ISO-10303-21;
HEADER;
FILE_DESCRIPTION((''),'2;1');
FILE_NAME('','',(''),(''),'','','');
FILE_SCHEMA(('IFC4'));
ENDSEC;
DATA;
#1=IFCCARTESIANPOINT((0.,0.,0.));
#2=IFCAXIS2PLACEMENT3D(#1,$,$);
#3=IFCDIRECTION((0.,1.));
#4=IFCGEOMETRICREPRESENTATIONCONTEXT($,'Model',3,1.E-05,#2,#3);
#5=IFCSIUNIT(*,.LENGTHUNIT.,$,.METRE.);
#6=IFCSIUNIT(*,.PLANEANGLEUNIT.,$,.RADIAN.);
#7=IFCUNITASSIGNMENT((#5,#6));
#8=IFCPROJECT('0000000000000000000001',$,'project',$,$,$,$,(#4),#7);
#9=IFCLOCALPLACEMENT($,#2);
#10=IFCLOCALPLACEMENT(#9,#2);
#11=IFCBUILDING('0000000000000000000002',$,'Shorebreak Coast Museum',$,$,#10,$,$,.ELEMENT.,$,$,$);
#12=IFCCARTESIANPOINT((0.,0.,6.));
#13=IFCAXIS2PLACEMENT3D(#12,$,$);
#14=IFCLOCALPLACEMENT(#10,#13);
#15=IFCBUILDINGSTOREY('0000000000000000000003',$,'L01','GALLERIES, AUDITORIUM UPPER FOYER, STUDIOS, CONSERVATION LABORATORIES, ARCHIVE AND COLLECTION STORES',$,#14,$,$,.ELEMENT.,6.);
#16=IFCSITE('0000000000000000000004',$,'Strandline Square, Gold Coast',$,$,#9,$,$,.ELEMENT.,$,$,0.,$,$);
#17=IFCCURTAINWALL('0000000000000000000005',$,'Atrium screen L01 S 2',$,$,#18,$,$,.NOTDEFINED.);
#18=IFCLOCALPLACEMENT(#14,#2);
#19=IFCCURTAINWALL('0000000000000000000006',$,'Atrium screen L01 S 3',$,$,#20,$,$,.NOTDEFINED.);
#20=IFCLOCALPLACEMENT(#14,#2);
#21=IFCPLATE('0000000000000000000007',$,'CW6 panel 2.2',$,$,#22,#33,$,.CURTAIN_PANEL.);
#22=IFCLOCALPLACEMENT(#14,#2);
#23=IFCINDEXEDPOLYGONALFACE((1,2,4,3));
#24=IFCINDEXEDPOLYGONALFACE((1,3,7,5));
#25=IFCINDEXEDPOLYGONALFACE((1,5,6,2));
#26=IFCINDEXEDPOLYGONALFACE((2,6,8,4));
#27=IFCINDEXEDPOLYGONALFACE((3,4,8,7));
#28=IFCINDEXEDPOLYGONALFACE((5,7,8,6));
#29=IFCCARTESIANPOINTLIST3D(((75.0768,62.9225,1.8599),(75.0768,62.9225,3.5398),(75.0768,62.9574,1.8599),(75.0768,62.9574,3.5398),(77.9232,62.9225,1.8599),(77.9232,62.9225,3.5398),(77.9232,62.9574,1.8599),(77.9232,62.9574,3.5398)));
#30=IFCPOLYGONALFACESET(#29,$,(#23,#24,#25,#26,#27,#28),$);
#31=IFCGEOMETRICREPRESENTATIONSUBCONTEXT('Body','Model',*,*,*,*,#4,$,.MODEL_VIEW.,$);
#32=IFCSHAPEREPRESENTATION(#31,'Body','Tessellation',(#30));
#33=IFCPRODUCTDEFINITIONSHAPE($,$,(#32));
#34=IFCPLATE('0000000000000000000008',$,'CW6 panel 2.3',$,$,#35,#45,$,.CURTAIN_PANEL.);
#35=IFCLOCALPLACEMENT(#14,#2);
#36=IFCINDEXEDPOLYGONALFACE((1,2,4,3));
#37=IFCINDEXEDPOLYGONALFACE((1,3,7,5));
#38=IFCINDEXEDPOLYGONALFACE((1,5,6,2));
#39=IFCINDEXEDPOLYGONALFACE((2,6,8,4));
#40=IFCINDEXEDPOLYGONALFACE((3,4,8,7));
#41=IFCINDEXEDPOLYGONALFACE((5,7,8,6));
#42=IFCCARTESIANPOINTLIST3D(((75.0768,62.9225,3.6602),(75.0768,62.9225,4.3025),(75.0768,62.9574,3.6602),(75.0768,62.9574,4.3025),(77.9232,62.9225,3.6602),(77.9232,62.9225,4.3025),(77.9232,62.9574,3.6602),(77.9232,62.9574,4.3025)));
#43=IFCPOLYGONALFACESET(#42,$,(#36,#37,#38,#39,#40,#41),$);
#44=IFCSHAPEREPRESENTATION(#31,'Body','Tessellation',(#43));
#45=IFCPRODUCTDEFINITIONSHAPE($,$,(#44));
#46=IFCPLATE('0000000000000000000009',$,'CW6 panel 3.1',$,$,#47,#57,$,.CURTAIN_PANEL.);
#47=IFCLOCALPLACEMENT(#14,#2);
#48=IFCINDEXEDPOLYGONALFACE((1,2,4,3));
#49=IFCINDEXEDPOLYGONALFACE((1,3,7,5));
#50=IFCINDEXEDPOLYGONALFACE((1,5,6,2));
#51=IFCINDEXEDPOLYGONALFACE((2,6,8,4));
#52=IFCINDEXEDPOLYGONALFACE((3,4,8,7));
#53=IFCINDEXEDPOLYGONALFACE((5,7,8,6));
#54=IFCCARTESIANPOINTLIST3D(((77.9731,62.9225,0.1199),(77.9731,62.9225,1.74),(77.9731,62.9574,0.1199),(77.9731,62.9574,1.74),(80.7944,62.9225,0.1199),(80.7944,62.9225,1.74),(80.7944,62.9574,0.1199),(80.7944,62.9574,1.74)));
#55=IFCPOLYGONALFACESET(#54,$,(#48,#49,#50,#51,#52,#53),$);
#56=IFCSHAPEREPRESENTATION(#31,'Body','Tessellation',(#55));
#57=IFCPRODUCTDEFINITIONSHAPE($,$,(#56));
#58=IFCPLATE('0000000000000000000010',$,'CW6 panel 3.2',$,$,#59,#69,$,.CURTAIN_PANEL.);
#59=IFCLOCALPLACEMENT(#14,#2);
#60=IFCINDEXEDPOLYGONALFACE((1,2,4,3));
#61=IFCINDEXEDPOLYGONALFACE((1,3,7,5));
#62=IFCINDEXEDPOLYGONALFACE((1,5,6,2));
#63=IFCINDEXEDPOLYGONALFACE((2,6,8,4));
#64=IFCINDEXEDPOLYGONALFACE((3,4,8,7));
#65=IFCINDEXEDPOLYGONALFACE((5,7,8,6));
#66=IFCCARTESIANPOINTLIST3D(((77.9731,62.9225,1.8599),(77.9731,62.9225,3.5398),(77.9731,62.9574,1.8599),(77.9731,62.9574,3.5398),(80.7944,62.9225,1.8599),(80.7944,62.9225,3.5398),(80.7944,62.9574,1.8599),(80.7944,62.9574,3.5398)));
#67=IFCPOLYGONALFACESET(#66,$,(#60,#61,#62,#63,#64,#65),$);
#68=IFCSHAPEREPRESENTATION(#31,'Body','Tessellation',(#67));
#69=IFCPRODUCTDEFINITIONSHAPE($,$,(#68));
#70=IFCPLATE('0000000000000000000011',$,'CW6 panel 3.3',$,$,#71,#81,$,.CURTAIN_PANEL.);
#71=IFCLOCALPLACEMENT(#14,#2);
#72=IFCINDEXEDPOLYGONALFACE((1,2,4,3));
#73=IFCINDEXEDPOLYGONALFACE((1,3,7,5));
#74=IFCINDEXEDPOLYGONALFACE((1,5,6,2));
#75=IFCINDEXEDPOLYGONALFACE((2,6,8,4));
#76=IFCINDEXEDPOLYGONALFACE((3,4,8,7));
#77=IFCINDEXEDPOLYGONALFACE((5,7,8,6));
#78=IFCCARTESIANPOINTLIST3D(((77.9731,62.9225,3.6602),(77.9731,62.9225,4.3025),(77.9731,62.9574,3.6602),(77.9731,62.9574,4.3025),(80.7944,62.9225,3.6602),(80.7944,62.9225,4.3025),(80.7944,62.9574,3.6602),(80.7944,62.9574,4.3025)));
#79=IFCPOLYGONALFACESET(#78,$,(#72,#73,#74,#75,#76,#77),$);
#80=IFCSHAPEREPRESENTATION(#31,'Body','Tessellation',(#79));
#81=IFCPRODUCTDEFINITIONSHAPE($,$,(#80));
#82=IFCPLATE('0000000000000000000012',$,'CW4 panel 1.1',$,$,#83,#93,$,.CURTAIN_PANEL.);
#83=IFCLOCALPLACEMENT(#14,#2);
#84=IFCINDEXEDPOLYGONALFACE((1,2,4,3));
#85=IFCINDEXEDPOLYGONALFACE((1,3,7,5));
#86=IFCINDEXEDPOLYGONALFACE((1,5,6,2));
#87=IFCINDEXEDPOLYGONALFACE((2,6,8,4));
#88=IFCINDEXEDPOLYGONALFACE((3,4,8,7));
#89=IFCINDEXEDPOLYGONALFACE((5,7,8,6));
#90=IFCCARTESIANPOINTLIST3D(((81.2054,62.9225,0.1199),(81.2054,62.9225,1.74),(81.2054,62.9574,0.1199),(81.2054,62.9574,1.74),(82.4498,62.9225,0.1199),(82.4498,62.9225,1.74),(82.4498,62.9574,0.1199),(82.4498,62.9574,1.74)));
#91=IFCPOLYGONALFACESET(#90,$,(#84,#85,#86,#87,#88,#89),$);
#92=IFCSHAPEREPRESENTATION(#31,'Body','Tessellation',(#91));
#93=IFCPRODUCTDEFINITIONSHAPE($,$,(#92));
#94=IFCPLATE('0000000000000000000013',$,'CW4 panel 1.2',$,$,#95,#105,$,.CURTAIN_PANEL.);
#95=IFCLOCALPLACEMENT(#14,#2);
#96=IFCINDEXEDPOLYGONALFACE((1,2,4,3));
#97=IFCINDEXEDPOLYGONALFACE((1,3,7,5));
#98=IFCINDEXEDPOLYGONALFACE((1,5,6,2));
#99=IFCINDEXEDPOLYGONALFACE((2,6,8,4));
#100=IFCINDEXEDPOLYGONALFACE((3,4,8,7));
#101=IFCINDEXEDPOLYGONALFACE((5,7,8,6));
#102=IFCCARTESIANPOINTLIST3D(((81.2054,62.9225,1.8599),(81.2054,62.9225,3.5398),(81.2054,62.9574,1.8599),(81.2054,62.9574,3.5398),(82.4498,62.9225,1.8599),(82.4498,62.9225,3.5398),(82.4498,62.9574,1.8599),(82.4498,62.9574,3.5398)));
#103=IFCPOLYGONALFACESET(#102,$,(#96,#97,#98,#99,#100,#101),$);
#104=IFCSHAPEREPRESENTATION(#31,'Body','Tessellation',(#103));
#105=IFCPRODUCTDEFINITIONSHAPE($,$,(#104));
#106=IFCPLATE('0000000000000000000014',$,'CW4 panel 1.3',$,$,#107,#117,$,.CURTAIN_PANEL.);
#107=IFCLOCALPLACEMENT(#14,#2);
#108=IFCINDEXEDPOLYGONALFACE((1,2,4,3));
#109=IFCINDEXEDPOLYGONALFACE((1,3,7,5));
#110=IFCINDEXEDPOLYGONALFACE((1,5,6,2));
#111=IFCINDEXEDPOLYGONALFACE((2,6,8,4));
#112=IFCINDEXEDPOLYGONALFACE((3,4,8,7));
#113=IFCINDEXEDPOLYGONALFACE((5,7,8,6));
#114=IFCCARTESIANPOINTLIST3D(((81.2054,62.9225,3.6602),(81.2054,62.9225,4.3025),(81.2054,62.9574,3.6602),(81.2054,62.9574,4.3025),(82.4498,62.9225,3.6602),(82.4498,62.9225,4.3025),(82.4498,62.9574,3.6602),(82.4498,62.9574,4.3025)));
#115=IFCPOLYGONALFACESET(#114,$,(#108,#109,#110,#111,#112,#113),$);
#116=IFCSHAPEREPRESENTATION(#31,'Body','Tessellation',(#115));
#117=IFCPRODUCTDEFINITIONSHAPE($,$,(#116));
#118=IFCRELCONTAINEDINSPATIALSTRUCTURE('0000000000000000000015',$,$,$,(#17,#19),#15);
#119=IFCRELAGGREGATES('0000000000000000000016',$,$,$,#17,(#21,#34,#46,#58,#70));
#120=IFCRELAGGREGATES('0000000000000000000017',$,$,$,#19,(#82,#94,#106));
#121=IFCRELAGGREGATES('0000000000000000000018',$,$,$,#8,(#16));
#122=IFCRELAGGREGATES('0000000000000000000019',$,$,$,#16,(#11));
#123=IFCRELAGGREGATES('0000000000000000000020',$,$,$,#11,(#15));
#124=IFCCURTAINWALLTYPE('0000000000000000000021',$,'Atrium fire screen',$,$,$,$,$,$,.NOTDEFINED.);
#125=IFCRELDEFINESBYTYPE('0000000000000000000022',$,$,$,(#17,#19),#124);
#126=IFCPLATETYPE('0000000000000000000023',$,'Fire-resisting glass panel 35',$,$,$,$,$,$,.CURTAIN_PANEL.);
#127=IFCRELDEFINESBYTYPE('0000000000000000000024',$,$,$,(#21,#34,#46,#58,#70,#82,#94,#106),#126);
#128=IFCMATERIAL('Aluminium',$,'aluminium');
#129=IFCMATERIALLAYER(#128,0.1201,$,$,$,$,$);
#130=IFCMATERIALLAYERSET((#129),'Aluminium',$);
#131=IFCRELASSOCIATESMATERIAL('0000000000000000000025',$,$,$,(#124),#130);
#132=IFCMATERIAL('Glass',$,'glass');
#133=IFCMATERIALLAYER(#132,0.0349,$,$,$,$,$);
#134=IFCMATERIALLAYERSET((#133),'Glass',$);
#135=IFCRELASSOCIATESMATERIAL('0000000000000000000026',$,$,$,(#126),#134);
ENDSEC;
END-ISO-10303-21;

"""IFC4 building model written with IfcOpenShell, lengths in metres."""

from ifc_helpers import new_model, si_unit, direction, frame, origin, origin_2d, place, context, subcontext, project, spatial, rectangle, extrude, material, layer, layer_set, type_object, element, aggregate, save


model = new_model("IFC4")

# Units and contexts
model_context = context("Model", 3, precision=1e-05, world=origin(), true_north=direction((0.0, 1.0)))
body_context = subcontext(model_context, "Body", "Model", "MODEL_VIEW")
ifc_project = project(units=[si_unit("LENGTHUNIT", "METRE"), si_unit("PLANEANGLEUNIT", "RADIAN")], contexts=[model_context])

# Site, building, storey
site_placement = place(None, origin())
site = spatial("IfcSite", under=ifc_project, at=site_placement, Name="Strandline Square, Gold Coast", CompositionType="ELEMENT", RefElevation=0.0)
building_placement = place(site_placement, origin())
building = spatial("IfcBuilding", under=site, at=building_placement, Name="Shorebreak Coast Museum", CompositionType="ELEMENT")
storey_placement = place(building_placement, frame((0.0, 0.0, 6.0)))
storey = spatial("IfcBuildingStorey", under=building, at=storey_placement, Name="L01", Description="GALLERIES, AUDITORIUM UPPER FOYER, STUDIOS, CONSERVATION LABORATORIES, ARCHIVE AND COLLECTION STORES", CompositionType="ELEMENT", Elevation=6.0)

# Curtain walls
ifc_material_1 = material(Name="Aluminium", Category="aluminium")
ifc_layer_1 = layer(ifc_material_1, 0.1201)
ifc_layer_set_1 = layer_set([ifc_layer_1], Name="Aluminium")
curtain_wall_type = type_object("IfcCurtainWallType", Name="Atrium fire screen", PredefinedType="NOTDEFINED", material=ifc_layer_set_1)
curtain_wall_1_placement = place(storey_placement, origin())
curtain_wall_1 = element("IfcCurtainWall", 1, at=curtain_wall_1_placement, inside=storey, type_object=curtain_wall_type, Name="Atrium screen L01 S 2", PredefinedType="NOTDEFINED")
curtain_wall_2_placement = place(storey_placement, origin())
curtain_wall_2 = element("IfcCurtainWall", 2, at=curtain_wall_2_placement, inside=storey, type_object=curtain_wall_type, Name="Atrium screen L01 S 3", PredefinedType="NOTDEFINED")

# Plates
ifc_material_2 = material(Name="Glass", Category="glass")
ifc_layer_2 = layer(ifc_material_2, 0.0349)
ifc_layer_set_2 = layer_set([ifc_layer_2], Name="Glass")
plate_type = type_object("IfcPlateType", Name="Fire-resisting glass panel 35", PredefinedType="CURTAIN_PANEL", material=ifc_layer_set_2)
plate_1_placement = place(storey_placement, frame((76.5, 62.9399, 1.8599), z_axis=(0.0, 0.0, 1.0), x_axis=(1.0, 0.0, 0.0)))
plate_1 = element("IfcPlate", 3, at=plate_1_placement, type_object=plate_type, Name="CW6 panel 2.2", PredefinedType="CURTAIN_PANEL", context=body_context, shape_type="SweptSolid", body=[
    extrude(rectangle(XDim=2.8464, YDim=0.0349, at=origin_2d()), origin(), (0.0, 0.0, 1.0), 1.6799),
])
plate_2_placement = place(storey_placement, frame((76.5, 62.9399, 3.6602), z_axis=(0.0, 0.0, 1.0), x_axis=(1.0, 0.0, 0.0)))
plate_2 = element("IfcPlate", 4, at=plate_2_placement, type_object=plate_type, Name="CW6 panel 2.3", PredefinedType="CURTAIN_PANEL", context=body_context, shape_type="SweptSolid", body=[
    extrude(rectangle(XDim=2.8464, YDim=0.0349, at=origin_2d()), origin(), (0.0, 0.0, 1.0), 0.6423),
])
plate_3_placement = place(storey_placement, frame((79.3838, 62.9399, 0.1199), z_axis=(0.0, 0.0, 1.0), x_axis=(1.0, 0.0, 0.0)))
plate_3 = element("IfcPlate", 5, at=plate_3_placement, type_object=plate_type, Name="CW6 panel 3.1", PredefinedType="CURTAIN_PANEL", context=body_context, shape_type="SweptSolid", body=[
    extrude(rectangle(XDim=2.8213, YDim=0.0349, at=origin_2d()), origin(), (0.0, 0.0, 1.0), 1.6201),
])
plate_4_placement = place(storey_placement, frame((79.3838, 62.9399, 1.8599), z_axis=(0.0, 0.0, 1.0), x_axis=(1.0, 0.0, 0.0)))
plate_4 = element("IfcPlate", 6, at=plate_4_placement, type_object=plate_type, Name="CW6 panel 3.2", PredefinedType="CURTAIN_PANEL", context=body_context, shape_type="SweptSolid", body=[
    extrude(rectangle(XDim=2.8213, YDim=0.0349, at=origin_2d()), origin(), (0.0, 0.0, 1.0), 1.6799),
])
plate_5_placement = place(storey_placement, frame((79.3838, 62.9399, 3.6602), z_axis=(0.0, 0.0, 1.0), x_axis=(1.0, 0.0, 0.0)))
plate_5 = element("IfcPlate", 7, at=plate_5_placement, type_object=plate_type, Name="CW6 panel 3.3", PredefinedType="CURTAIN_PANEL", context=body_context, shape_type="SweptSolid", body=[
    extrude(rectangle(XDim=2.8213, YDim=0.0349, at=origin_2d()), origin(), (0.0, 0.0, 1.0), 0.6423),
])
aggregate(curtain_wall_1, [plate_1, plate_2, plate_3, plate_4, plate_5])
plate_6_placement = place(storey_placement, frame((81.8276, 62.9399, 0.1199), z_axis=(0.0, 0.0, 1.0), x_axis=(1.0, 0.0, 0.0)))
plate_6 = element("IfcPlate", 8, at=plate_6_placement, type_object=plate_type, Name="CW4 panel 1.1", PredefinedType="CURTAIN_PANEL", context=body_context, shape_type="SweptSolid", body=[
    extrude(rectangle(XDim=1.2444, YDim=0.0349, at=origin_2d()), origin(), (0.0, 0.0, 1.0), 1.6201),
])
plate_7_placement = place(storey_placement, frame((81.8276, 62.9399, 1.8599), z_axis=(0.0, 0.0, 1.0), x_axis=(1.0, 0.0, 0.0)))
plate_7 = element("IfcPlate", 9, at=plate_7_placement, type_object=plate_type, Name="CW4 panel 1.2", PredefinedType="CURTAIN_PANEL", context=body_context, shape_type="SweptSolid", body=[
    extrude(rectangle(XDim=1.2444, YDim=0.0349, at=origin_2d()), origin(), (0.0, 0.0, 1.0), 1.6799),
])
plate_8_placement = place(storey_placement, frame((81.8276, 62.9399, 3.6602), z_axis=(0.0, 0.0, 1.0), x_axis=(1.0, 0.0, 0.0)))
plate_8 = element("IfcPlate", 10, at=plate_8_placement, type_object=plate_type, Name="CW4 panel 1.3", PredefinedType="CURTAIN_PANEL", context=body_context, shape_type="SweptSolid", body=[
    extrude(rectangle(XDim=1.2444, YDim=0.0349, at=origin_2d()), origin(), (0.0, 0.0, 1.0), 0.6423),
])
aggregate(curtain_wall_2, [plate_6, plate_7, plate_8])

save(model, "model.ifc")
